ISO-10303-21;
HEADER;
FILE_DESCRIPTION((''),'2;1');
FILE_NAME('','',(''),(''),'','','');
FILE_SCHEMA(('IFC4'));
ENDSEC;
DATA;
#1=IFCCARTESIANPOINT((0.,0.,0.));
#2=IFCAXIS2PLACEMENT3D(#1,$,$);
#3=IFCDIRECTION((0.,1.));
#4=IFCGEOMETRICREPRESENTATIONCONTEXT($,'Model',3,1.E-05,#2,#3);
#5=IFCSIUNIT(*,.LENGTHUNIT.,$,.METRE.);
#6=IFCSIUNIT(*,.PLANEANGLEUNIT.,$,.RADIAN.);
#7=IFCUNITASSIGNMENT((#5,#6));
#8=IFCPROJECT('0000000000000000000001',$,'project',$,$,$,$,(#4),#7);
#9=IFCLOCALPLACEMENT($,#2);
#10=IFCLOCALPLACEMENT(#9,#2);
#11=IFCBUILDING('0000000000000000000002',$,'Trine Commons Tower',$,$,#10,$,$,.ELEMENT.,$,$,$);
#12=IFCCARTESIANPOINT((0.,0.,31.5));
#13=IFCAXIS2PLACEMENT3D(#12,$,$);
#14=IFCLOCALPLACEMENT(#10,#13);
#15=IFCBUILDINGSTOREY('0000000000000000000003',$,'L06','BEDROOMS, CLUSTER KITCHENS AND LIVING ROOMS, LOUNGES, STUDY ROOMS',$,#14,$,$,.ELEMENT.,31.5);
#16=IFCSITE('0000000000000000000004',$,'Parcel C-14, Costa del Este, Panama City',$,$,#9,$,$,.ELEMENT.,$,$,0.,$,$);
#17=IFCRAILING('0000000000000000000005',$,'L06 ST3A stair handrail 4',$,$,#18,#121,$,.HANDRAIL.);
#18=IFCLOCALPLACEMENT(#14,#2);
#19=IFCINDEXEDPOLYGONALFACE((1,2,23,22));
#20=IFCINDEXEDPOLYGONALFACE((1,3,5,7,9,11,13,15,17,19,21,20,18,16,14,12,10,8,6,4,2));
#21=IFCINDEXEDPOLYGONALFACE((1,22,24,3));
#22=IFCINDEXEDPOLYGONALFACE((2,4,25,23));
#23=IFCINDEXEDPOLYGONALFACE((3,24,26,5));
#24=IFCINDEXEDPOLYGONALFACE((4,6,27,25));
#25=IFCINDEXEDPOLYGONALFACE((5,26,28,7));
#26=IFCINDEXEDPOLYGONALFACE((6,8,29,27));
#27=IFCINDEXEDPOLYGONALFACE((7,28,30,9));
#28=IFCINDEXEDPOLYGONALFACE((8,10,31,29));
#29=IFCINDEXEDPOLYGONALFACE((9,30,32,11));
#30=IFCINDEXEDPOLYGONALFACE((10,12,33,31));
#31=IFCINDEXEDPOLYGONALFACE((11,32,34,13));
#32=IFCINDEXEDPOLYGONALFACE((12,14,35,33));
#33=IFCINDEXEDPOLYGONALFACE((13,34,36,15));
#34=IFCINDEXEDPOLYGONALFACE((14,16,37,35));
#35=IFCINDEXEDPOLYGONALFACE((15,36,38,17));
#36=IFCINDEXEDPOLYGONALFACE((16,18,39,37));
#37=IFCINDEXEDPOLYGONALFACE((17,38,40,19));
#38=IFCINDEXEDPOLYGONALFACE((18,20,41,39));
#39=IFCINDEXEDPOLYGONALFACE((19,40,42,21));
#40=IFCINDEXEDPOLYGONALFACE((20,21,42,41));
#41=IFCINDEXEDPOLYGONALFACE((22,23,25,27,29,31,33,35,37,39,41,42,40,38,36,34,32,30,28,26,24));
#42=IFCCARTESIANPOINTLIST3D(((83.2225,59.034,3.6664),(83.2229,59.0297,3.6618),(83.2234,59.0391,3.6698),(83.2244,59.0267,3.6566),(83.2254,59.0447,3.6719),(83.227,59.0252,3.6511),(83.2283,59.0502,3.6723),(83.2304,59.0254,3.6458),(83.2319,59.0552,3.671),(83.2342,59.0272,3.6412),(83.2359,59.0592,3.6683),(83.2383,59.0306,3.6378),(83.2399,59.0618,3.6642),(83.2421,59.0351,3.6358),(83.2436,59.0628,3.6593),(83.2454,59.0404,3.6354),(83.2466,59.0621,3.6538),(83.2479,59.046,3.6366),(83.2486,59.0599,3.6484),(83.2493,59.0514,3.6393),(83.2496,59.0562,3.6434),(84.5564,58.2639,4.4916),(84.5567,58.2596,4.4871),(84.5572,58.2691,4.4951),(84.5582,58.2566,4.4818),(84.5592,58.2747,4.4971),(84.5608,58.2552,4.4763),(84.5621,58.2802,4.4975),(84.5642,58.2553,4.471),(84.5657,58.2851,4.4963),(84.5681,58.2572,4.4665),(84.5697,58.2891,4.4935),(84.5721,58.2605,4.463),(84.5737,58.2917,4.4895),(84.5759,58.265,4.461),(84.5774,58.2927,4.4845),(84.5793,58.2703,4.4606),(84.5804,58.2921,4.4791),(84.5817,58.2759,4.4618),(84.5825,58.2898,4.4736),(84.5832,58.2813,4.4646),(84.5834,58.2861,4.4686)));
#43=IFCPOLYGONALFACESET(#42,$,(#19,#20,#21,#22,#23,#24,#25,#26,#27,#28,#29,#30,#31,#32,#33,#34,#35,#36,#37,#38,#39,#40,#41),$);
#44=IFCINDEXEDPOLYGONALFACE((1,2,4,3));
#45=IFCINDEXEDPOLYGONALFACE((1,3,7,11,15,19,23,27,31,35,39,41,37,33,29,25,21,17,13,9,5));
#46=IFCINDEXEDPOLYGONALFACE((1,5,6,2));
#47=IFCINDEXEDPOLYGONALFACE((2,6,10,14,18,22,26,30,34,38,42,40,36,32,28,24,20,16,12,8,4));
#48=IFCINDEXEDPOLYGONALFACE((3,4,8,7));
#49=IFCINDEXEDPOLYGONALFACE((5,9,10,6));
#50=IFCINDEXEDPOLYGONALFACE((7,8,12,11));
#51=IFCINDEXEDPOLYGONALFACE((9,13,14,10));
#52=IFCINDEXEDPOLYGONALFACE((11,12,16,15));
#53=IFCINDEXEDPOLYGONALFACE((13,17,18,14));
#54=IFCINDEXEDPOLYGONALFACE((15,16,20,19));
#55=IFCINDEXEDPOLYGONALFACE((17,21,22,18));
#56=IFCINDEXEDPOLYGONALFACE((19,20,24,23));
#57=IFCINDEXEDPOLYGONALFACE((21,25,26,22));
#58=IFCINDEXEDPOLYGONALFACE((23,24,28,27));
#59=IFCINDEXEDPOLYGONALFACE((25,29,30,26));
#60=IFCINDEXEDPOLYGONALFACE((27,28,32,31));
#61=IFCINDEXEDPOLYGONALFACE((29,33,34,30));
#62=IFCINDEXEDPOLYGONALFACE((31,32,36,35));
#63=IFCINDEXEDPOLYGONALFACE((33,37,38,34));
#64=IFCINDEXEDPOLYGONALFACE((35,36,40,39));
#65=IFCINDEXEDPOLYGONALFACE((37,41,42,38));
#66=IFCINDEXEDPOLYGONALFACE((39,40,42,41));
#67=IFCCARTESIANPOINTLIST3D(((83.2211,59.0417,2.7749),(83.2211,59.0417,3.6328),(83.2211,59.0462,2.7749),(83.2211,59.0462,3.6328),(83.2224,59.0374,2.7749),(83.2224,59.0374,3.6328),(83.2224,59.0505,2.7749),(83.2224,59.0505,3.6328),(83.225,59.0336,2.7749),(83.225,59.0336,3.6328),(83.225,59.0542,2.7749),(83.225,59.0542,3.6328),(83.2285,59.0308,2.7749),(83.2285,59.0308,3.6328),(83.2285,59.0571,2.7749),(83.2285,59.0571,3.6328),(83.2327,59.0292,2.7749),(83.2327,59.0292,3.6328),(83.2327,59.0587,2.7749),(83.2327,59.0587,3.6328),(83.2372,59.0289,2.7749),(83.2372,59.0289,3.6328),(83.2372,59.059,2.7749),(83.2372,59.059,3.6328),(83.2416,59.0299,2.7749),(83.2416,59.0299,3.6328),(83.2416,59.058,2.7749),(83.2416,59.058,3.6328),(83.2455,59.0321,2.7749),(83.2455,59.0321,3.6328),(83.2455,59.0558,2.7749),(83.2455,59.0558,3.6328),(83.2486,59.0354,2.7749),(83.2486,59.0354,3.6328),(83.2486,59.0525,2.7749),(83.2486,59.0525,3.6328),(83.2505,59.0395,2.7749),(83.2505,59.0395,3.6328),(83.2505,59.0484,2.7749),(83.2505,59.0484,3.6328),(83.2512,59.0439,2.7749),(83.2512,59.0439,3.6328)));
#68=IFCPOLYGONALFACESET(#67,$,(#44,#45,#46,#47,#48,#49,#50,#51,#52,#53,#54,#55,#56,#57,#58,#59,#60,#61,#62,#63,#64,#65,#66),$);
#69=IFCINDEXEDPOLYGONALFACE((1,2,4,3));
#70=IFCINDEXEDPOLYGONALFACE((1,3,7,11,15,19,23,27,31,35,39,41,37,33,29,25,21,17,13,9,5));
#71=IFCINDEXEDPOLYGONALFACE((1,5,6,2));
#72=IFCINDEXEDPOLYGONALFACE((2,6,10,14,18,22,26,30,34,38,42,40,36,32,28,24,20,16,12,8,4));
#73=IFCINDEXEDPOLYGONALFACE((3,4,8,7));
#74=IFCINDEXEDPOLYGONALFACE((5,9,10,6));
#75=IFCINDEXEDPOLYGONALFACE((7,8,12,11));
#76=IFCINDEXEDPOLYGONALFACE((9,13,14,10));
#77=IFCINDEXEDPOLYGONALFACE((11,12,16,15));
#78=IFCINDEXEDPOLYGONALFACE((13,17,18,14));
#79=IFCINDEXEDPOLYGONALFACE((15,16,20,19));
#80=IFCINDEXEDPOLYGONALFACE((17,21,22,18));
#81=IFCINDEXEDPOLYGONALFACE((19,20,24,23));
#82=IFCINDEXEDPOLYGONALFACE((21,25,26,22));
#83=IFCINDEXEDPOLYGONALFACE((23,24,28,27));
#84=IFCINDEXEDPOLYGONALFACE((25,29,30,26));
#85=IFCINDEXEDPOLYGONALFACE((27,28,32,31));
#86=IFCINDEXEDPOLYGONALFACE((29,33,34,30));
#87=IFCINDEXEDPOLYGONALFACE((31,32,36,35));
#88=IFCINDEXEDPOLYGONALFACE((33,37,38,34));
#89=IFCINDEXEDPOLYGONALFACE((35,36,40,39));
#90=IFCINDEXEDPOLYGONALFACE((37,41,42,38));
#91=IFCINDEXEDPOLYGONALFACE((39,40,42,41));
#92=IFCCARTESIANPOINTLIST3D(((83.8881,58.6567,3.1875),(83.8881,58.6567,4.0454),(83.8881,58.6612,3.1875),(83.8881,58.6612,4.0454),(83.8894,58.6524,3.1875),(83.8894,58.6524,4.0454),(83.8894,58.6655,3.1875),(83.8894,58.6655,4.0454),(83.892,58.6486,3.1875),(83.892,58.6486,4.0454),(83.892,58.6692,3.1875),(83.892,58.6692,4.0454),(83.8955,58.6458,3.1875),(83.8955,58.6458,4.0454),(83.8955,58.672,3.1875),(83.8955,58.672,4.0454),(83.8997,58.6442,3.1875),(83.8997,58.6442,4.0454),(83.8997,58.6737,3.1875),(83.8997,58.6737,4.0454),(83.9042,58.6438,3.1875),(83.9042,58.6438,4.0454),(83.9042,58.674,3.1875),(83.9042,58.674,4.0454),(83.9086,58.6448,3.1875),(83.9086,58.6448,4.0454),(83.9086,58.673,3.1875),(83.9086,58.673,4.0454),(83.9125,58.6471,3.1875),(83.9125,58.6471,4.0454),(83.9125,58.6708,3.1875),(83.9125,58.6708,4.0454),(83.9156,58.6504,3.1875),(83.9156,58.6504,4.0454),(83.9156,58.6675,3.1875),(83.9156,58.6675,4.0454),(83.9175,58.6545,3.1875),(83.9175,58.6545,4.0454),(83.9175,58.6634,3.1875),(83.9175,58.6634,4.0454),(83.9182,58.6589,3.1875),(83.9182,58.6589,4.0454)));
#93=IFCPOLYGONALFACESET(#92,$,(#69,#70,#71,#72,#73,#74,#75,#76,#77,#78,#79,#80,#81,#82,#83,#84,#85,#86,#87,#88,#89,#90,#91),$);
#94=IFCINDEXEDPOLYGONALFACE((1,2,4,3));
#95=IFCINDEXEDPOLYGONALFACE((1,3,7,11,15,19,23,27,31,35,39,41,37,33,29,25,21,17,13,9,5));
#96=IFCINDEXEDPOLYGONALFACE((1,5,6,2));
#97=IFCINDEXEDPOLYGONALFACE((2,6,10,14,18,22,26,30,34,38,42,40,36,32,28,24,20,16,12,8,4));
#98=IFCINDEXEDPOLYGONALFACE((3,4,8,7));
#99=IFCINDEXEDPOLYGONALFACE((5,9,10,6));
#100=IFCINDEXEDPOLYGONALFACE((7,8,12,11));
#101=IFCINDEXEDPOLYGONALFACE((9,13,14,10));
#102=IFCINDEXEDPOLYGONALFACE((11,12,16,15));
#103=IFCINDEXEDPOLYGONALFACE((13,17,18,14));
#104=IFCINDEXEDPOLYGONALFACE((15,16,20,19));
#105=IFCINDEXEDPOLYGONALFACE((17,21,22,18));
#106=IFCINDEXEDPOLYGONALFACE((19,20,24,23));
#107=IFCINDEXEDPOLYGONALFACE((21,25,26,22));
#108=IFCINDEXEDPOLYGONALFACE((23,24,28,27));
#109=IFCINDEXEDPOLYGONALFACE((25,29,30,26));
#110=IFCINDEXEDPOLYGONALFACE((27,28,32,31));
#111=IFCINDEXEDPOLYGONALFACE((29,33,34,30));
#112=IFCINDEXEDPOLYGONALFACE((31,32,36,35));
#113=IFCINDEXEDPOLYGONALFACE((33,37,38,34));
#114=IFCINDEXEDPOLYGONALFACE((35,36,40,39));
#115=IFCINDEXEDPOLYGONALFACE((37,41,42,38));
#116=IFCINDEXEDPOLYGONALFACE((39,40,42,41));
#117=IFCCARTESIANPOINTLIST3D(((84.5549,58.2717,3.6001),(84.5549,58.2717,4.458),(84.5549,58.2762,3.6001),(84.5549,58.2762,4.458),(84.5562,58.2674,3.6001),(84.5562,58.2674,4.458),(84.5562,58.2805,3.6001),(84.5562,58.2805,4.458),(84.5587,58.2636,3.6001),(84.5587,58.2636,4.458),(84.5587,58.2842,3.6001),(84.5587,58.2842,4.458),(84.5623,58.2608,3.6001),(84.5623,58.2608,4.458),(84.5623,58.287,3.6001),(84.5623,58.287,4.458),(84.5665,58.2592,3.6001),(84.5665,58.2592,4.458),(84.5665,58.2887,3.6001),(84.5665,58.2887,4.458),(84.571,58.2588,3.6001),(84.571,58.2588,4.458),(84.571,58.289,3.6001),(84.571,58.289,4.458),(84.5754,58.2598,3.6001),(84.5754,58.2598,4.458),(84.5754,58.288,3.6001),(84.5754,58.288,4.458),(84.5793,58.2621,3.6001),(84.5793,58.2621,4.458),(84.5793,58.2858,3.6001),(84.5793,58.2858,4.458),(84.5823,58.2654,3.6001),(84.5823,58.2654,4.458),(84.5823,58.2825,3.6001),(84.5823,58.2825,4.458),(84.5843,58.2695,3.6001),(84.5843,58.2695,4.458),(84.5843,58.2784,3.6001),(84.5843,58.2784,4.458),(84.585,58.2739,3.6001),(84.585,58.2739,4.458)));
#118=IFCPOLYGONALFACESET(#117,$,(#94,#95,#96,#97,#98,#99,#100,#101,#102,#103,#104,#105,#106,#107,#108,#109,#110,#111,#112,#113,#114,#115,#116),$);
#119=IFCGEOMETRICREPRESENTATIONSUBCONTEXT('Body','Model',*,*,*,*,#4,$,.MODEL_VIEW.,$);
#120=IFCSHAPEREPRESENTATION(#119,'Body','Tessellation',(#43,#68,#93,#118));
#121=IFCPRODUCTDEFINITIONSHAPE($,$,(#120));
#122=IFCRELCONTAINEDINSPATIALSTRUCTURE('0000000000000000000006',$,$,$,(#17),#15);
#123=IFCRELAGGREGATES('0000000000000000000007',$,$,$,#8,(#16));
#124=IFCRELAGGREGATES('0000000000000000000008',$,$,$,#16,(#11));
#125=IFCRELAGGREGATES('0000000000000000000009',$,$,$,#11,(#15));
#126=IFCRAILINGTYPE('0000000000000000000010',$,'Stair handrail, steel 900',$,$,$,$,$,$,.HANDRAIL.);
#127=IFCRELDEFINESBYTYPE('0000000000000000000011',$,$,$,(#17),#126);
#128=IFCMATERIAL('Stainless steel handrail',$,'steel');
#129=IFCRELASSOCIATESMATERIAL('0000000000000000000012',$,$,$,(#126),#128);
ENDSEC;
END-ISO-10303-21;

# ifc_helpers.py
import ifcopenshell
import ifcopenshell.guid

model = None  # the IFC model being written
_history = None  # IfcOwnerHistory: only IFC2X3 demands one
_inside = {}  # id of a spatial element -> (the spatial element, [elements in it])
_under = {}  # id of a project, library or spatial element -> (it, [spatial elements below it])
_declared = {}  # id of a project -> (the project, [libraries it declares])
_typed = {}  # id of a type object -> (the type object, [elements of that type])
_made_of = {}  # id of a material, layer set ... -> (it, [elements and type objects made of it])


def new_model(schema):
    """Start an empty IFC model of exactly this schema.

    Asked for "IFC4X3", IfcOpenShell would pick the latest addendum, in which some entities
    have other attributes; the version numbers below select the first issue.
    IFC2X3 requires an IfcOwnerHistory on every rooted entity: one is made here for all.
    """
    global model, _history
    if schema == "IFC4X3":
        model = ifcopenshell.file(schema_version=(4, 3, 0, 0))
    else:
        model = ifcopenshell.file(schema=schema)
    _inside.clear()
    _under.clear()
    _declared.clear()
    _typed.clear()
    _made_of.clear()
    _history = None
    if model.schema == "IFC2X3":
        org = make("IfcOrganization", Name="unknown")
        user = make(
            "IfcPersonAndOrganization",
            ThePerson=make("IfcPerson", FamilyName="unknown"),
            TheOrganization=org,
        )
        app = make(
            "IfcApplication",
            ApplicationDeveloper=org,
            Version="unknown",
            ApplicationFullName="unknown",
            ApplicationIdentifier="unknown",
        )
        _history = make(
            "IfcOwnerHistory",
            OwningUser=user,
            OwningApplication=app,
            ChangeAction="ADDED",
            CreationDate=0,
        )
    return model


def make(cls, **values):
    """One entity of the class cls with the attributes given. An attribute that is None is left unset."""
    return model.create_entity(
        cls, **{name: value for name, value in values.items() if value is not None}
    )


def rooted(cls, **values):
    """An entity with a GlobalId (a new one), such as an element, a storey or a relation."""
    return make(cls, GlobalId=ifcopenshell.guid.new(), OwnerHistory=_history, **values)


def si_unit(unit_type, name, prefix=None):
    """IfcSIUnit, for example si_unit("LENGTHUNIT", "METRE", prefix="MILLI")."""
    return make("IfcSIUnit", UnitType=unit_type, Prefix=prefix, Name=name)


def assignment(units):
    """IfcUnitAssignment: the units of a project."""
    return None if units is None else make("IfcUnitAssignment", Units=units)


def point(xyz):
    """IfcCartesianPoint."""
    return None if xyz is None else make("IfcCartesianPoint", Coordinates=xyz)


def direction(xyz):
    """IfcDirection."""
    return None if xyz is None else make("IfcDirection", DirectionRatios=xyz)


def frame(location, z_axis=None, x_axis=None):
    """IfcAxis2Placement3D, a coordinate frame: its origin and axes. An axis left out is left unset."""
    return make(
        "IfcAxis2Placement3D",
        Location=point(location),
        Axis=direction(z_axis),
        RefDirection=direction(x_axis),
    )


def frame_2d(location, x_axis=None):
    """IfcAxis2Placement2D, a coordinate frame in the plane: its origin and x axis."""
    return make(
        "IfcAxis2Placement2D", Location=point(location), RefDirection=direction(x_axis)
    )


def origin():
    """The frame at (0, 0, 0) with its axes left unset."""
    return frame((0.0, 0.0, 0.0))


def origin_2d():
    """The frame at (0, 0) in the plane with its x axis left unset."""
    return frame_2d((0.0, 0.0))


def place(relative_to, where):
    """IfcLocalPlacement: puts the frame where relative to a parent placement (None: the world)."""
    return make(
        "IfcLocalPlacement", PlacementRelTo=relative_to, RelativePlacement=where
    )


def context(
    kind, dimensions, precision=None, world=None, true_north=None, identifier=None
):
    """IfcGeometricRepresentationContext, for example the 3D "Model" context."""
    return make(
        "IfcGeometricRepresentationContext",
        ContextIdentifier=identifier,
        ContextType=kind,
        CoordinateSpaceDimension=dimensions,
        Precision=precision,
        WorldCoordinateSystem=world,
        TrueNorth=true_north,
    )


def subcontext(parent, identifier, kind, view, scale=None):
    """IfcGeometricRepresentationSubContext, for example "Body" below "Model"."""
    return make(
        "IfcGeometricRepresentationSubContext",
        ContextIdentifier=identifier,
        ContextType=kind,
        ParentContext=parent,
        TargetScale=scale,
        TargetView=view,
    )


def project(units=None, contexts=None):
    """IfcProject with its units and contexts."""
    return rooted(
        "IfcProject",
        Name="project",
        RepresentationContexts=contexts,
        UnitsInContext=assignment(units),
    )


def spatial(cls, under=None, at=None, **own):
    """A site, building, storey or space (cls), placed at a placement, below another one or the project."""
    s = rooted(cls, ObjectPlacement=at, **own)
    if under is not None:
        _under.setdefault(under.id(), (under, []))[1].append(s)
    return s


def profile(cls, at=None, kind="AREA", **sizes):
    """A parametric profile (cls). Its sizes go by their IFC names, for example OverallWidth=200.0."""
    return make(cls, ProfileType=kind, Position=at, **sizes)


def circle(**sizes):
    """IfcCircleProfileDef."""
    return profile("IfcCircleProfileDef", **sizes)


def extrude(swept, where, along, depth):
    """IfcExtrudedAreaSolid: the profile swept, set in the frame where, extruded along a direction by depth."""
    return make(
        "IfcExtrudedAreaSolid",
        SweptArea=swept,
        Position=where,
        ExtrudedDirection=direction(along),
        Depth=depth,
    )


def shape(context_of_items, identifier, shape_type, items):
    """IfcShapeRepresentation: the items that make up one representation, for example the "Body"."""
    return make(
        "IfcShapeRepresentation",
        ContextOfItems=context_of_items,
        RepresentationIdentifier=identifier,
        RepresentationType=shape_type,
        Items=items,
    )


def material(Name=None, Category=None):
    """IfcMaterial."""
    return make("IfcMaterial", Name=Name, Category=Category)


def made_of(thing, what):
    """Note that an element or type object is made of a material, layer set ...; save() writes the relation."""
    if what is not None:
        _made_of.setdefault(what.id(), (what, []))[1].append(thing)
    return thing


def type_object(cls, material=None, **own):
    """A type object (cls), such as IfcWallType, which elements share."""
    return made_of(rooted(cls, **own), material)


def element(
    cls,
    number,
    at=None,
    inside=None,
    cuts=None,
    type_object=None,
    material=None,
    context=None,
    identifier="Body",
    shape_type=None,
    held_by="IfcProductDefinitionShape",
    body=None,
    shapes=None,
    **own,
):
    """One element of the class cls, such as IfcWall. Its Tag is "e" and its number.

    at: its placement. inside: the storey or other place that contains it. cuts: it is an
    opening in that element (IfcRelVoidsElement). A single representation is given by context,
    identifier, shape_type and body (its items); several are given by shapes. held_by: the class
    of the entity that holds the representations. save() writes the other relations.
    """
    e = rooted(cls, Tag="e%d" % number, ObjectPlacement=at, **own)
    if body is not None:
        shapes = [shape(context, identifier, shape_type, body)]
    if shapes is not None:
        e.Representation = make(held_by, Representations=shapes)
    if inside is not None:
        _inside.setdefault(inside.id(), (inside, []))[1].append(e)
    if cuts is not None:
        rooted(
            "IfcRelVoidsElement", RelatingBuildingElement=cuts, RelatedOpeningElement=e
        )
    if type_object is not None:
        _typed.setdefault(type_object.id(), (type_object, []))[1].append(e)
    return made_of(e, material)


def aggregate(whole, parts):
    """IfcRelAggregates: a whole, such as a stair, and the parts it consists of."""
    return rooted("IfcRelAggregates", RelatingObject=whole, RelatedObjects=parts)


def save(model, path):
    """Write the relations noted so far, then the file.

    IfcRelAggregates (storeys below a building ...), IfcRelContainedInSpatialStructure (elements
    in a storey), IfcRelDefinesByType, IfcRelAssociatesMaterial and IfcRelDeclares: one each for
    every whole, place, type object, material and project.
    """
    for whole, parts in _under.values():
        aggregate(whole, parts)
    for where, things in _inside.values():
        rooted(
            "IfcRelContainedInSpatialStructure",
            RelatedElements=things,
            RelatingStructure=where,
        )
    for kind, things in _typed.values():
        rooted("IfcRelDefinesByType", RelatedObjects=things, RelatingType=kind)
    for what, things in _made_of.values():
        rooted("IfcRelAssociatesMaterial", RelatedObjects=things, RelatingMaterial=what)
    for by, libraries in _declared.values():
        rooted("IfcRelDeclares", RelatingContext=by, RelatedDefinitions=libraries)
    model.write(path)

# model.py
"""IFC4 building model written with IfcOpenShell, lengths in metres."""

from ifc_helpers import new_model, si_unit, direction, frame, origin, origin_2d, place, context, subcontext, project, spatial, circle, extrude, material, type_object, element, save


model = new_model("IFC4")

# Units and contexts
model_context = context("Model", 3, precision=1e-05, world=origin(), true_north=direction((0.0, 1.0)))
body_context = subcontext(model_context, "Body", "Model", "MODEL_VIEW")
ifc_project = project(units=[si_unit("LENGTHUNIT", "METRE"), si_unit("PLANEANGLEUNIT", "RADIAN")], contexts=[model_context])

# Site, building, storey
site_placement = place(None, origin())
site = spatial("IfcSite", under=ifc_project, at=site_placement, Name="Parcel C-14, Costa del Este, Panama City", CompositionType="ELEMENT", RefElevation=0.0)
building_placement = place(site_placement, origin())
building = spatial("IfcBuilding", under=site, at=building_placement, Name="Trine Commons Tower", CompositionType="ELEMENT")
storey_placement = place(building_placement, frame((0.0, 0.0, 31.5)))
storey = spatial("IfcBuildingStorey", under=building, at=storey_placement, Name="L06", Description="BEDROOMS, CLUSTER KITCHENS AND LIVING ROOMS, LOUNGES, STUDY ROOMS", CompositionType="ELEMENT", Elevation=31.5)

# Railing
ifc_material_1 = material(Name="Stainless steel handrail", Category="steel")
railing_type_1 = type_object("IfcRailingType", Name="Stair handrail, steel 900", PredefinedType="HANDRAIL", material=ifc_material_1)
railing_1_placement = place(storey_placement, frame((83.2361, 59.0439, 2.7749)))
element("IfcRailing", 1, at=railing_1_placement, inside=storey, type_object=railing_type_1, Name="L06 ST3A stair handrail 4", PredefinedType="HANDRAIL", context=body_context, shape_type="SweptSolid", body=[
    extrude(circle(Radius=0.021, at=origin_2d()), frame((0.0, 0.0, 0.8789), z_axis=(0.763355, -0.440714, 0.472293), x_axis=(0.499992, 0.86603, 0.0)), (0.0, 0.0, 1.0), 1.7473),
    extrude(circle(Radius=0.0151, at=origin_2d()), origin(), (0.0, 0.0, 1.0), 0.8579),
    extrude(circle(Radius=0.0151, at=origin_2d()), frame((0.667, -0.385, 0.4126)), (0.0, 0.0, 1.0), 0.8579),
    extrude(circle(Radius=0.0151, at=origin_2d()), frame((1.3337, -0.77, 0.8252)), (0.0, 0.0, 1.0), 0.8579),
])

save(model, "model.ifc")
